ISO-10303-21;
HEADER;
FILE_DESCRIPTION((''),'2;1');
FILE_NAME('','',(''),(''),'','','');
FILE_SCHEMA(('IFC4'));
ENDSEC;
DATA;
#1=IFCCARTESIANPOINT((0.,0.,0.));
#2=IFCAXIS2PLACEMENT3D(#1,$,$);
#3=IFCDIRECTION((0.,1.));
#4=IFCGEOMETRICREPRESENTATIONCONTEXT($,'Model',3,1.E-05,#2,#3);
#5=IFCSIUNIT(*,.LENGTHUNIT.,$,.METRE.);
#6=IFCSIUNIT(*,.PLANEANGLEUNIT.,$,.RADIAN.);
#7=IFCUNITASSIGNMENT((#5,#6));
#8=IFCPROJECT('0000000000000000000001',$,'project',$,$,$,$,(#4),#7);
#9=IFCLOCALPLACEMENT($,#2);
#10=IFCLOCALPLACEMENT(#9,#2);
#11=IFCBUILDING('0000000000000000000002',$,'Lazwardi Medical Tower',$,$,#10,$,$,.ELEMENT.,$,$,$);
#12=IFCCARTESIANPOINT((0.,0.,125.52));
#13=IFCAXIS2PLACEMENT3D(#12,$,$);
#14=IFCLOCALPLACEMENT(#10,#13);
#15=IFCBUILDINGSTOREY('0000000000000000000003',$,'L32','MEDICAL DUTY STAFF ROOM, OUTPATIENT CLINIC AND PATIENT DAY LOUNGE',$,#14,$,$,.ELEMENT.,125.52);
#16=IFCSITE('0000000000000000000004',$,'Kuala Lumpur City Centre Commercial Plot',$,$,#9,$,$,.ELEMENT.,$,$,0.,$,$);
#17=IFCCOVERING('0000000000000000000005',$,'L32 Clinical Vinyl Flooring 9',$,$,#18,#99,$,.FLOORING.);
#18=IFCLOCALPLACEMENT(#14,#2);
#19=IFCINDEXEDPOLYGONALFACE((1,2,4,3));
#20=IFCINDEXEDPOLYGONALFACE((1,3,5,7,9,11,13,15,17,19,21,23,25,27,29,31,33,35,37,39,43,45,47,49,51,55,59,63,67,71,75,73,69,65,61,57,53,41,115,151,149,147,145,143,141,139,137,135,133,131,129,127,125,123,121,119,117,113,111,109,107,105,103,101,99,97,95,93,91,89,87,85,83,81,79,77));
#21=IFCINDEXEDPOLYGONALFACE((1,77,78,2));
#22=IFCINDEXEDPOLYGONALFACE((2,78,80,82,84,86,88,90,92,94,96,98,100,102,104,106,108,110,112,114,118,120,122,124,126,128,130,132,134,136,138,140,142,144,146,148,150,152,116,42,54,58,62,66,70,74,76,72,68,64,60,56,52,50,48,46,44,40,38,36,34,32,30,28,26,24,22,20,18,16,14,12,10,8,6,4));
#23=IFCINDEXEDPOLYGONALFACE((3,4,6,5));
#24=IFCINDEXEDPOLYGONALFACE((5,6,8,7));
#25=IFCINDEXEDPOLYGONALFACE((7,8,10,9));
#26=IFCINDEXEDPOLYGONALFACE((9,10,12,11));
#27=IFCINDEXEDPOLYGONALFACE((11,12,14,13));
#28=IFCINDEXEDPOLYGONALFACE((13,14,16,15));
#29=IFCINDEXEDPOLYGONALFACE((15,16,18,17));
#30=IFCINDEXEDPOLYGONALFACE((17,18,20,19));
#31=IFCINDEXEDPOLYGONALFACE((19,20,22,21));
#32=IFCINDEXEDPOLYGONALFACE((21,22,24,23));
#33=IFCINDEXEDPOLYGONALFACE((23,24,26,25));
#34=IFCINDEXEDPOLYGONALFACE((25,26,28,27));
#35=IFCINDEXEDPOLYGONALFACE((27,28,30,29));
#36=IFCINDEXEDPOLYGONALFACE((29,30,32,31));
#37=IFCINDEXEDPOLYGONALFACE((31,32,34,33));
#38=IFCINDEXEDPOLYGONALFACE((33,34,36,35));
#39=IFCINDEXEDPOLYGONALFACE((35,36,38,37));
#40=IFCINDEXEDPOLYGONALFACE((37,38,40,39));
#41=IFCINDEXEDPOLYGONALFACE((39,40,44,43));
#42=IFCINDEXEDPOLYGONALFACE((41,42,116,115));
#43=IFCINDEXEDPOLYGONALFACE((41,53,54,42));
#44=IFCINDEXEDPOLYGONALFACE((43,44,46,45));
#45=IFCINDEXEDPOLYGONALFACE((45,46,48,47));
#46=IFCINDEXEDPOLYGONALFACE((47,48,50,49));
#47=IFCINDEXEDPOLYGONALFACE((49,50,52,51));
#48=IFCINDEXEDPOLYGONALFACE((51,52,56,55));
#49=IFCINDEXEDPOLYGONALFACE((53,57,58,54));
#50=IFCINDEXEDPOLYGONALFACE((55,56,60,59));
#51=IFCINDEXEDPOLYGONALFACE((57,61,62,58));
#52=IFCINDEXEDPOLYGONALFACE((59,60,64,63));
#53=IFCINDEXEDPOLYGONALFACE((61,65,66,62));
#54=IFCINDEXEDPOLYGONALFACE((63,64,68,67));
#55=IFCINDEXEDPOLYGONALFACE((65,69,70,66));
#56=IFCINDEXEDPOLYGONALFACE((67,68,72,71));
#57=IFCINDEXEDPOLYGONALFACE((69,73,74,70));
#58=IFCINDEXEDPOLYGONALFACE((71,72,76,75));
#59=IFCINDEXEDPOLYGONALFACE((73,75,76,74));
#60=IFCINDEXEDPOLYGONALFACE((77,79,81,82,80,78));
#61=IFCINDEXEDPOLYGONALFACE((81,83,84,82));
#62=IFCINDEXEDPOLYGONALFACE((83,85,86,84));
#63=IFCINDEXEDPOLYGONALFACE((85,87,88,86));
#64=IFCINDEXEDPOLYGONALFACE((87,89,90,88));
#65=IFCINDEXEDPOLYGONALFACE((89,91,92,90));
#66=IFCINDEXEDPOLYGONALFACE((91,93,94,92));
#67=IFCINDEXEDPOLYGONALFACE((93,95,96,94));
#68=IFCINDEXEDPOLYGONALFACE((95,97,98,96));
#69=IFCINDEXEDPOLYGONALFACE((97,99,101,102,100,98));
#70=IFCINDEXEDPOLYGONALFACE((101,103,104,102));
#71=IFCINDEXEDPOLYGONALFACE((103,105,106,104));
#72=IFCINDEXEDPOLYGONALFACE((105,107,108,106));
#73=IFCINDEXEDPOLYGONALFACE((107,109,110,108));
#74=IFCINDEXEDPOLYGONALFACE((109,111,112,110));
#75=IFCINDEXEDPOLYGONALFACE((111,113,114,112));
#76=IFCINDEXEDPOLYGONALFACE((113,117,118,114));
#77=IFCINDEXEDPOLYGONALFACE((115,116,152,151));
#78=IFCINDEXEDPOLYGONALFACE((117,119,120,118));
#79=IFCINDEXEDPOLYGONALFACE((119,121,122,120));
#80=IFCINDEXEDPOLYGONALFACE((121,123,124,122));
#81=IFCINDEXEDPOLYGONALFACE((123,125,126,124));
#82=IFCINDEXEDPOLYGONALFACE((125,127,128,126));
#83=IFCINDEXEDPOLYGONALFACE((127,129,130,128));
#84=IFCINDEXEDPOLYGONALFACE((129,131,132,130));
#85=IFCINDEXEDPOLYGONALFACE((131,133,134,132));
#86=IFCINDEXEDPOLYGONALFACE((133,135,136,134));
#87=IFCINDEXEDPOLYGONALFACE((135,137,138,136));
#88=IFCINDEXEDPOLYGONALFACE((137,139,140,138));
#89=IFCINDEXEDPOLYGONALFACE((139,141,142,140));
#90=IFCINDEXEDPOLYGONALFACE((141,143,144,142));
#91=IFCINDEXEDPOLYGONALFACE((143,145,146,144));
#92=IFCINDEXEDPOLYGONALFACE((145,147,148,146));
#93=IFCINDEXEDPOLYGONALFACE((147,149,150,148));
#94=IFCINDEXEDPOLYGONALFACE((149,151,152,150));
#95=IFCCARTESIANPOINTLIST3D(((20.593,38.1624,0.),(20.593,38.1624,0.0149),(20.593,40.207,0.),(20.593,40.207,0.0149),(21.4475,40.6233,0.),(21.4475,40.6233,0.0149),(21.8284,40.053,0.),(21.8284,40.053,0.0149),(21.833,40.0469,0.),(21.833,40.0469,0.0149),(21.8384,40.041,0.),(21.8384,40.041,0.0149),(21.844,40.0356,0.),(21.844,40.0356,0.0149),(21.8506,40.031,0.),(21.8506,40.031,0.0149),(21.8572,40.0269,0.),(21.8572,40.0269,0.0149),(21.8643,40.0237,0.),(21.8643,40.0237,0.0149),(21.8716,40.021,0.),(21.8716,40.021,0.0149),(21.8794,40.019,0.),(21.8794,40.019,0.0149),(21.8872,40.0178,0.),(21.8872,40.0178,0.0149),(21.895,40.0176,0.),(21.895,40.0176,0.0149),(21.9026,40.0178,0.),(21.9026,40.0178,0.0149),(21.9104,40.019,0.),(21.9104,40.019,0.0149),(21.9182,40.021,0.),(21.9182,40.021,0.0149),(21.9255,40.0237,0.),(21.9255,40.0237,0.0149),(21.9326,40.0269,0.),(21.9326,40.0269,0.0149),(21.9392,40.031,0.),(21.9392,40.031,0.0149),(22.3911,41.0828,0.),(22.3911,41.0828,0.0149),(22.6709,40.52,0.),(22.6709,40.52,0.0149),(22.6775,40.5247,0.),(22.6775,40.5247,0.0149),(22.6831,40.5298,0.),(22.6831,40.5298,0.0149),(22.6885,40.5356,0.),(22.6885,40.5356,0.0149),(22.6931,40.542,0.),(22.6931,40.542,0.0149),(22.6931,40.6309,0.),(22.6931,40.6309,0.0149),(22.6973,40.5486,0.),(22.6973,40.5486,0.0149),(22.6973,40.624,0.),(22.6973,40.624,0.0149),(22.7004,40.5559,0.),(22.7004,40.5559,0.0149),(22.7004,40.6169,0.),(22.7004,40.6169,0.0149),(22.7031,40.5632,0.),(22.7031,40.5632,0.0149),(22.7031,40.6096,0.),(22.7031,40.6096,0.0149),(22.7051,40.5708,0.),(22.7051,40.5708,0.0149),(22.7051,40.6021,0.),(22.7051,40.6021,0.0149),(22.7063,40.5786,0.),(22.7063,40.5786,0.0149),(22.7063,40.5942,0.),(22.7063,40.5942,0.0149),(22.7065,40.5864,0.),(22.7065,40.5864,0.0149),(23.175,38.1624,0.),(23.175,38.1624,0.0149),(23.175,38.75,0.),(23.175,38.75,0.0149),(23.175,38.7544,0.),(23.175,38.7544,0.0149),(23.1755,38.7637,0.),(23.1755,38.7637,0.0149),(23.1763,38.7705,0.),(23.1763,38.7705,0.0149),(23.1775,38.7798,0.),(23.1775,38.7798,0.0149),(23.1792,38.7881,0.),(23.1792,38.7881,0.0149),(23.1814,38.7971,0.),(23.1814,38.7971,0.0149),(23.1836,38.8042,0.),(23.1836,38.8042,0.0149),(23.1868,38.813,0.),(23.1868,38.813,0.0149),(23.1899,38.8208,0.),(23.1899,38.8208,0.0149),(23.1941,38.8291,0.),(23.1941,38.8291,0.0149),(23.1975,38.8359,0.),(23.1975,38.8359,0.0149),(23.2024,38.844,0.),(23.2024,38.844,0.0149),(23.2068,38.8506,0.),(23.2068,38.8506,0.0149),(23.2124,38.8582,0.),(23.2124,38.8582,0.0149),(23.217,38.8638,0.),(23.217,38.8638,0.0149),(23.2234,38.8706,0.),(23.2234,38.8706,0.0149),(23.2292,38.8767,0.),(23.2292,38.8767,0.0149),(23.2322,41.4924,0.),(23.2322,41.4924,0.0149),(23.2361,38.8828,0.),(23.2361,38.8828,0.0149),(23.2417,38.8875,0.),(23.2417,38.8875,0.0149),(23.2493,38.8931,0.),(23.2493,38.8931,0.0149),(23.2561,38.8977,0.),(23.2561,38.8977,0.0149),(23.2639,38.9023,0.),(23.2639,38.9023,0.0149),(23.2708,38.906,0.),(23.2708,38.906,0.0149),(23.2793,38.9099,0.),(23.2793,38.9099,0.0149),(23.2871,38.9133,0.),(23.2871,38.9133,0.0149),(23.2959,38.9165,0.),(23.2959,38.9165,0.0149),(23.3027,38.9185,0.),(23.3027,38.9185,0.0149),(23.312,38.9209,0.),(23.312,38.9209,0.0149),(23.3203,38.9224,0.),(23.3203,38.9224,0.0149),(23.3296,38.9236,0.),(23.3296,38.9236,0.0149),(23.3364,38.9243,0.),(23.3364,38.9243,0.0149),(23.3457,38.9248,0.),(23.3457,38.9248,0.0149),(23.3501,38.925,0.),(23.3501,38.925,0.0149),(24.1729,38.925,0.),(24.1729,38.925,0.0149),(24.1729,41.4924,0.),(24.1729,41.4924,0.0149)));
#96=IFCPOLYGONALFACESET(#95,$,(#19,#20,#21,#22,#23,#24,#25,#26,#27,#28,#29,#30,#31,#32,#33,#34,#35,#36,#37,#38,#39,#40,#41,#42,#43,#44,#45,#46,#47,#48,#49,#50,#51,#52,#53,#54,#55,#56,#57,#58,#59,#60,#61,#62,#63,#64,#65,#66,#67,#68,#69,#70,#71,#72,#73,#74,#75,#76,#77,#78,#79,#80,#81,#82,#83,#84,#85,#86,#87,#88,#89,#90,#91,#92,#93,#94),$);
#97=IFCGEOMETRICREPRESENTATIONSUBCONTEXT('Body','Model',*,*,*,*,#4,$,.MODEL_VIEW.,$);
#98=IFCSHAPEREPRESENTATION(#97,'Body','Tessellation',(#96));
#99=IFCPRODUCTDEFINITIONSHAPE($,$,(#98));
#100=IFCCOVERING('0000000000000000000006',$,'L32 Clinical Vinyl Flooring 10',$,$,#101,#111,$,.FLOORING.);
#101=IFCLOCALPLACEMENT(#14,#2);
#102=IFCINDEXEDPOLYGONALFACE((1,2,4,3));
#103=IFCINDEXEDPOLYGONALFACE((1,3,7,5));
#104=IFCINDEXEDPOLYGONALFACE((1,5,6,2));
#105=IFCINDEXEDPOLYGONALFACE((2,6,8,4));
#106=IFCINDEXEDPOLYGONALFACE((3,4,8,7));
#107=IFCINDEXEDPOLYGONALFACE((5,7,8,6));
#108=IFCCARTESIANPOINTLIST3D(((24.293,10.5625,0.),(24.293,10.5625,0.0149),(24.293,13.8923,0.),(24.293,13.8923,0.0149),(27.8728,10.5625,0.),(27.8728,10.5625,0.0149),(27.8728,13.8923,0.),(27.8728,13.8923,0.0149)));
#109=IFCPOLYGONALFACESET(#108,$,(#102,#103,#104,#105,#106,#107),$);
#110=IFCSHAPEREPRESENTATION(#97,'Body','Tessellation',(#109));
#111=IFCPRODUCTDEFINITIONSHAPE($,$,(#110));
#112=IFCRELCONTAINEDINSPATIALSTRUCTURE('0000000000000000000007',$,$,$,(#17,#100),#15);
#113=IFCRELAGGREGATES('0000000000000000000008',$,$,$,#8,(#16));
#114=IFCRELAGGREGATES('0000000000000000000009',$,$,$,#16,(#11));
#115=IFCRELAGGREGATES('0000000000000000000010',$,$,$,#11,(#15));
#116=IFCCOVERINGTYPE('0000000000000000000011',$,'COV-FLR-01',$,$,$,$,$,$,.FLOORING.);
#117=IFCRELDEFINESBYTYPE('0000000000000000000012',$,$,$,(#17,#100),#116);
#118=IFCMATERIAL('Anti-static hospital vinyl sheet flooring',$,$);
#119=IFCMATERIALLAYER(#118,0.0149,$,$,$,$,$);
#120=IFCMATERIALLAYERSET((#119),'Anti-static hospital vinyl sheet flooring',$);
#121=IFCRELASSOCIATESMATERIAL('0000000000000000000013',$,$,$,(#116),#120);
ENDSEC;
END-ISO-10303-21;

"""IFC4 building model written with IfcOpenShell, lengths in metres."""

from ifc_helpers import new_model, si_unit, direction, frame, origin, place, context, subcontext, project, spatial, polyline, outline, extrude, material, layer, layer_set, type_object, element, save


model = new_model("IFC4")

# Units and contexts
model_context = context("Model", 3, precision=1e-05, world=origin(), true_north=direction((0.0, 1.0)))
body_context = subcontext(model_context, "Body", "Model", "MODEL_VIEW")
ifc_project = project(units=[si_unit("LENGTHUNIT", "METRE"), si_unit("PLANEANGLEUNIT", "RADIAN")], contexts=[model_context])

# Site, building, storey
site_placement = place(None, origin())
site = spatial("IfcSite", under=ifc_project, at=site_placement, Name="Kuala Lumpur City Centre Commercial Plot", CompositionType="ELEMENT", RefElevation=0.0)
building_placement = place(site_placement, origin())
building = spatial("IfcBuilding", under=site, at=building_placement, Name="Lazwardi Medical Tower", CompositionType="ELEMENT")
storey_placement = place(building_placement, frame((0.0, 0.0, 125.52)))
storey = spatial("IfcBuildingStorey", under=building, at=storey_placement, Name="L32", Description="MEDICAL DUTY STAFF ROOM, OUTPATIENT CLINIC AND PATIENT DAY LOUNGE", CompositionType="ELEMENT", Elevation=125.52)

# Coverings
ifc_material_1 = material(Name="Anti-static hospital vinyl sheet flooring")
ifc_layer_1 = layer(ifc_material_1, 0.0149)
ifc_layer_set_1 = layer_set([ifc_layer_1], Name="Anti-static hospital vinyl sheet flooring")
covering_type_1 = type_object("IfcCoveringType", Name="COV-FLR-01", PredefinedType="FLOORING", material=ifc_layer_set_1)
covering_1_placement = place(storey_placement, origin())
element("IfcCovering", 1, at=covering_1_placement, inside=storey, type_object=covering_type_1, Name="L32 Clinical Vinyl Flooring 9", PredefinedType="FLOORING", context=body_context, shape_type="SweptSolid", body=[
    extrude(outline(polyline([(23.2322, 41.4924), (22.3911, 41.0828), (22.6931, 40.6309), (22.6973, 40.624), (22.7004, 40.6169), (22.7031, 40.6096), (22.7051, 40.6021), (22.7063, 40.5942), (22.7065, 40.5864), (22.7063, 40.5786), (22.7051, 40.5708), (22.7031, 40.5632), (22.7004, 40.5559), (22.6973, 40.5486), (22.6931, 40.542), (22.6885, 40.5356), (22.6831, 40.5298), (22.6775, 40.5247), (22.6709, 40.52), (21.9392, 40.031), (21.9326, 40.0269), (21.9255, 40.0237), (21.9182, 40.021), (21.9104, 40.019), (21.9026, 40.0178), (21.895, 40.0176), (21.8872, 40.0178), (21.8794, 40.019), (21.8716, 40.021), (21.8643, 40.0237), (21.8572, 40.0269), (21.8506, 40.031), (21.844, 40.0356), (21.8384, 40.041), (21.833, 40.0469), (21.8284, 40.053), (21.4475, 40.6233), (20.593, 40.207), (20.593, 38.1624), (23.175, 38.1624), (23.175, 38.75), (23.175, 38.7544), (23.1755, 38.7637), (23.1763, 38.7705), (23.1775, 38.7798), (23.1792, 38.7881), (23.1814, 38.7971), (23.1836, 38.8042), (23.1868, 38.813), (23.1899, 38.8208), (23.1941, 38.8291), (23.1975, 38.8359), (23.2024, 38.844), (23.2068, 38.8506), (23.2124, 38.8582), (23.217, 38.8638), (23.2234, 38.8706), (23.2292, 38.8767), (23.2361, 38.8828), (23.2417, 38.8875), (23.2493, 38.8931), (23.2561, 38.8977), (23.2639, 38.9023), (23.2708, 38.906), (23.2793, 38.9099), (23.2871, 38.9133), (23.2959, 38.9165), (23.3027, 38.9185), (23.312, 38.9209), (23.3203, 38.9224), (23.3296, 38.9236), (23.3364, 38.9243), (23.3457, 38.9248), (23.3501, 38.925), (24.1729, 38.925), (24.1729, 41.4924), (23.2322, 41.4924)])), origin(), (0.0, 0.0, 1.0), 0.0149),
])
covering_2_placement = place(storey_placement, origin())
element("IfcCovering", 2, at=covering_2_placement, inside=storey, type_object=covering_type_1, Name="L32 Clinical Vinyl Flooring 10", PredefinedType="FLOORING", context=body_context, shape_type="SweptSolid", body=[
    extrude(outline(polyline([(27.8728, 10.5625), (27.8728, 13.8923), (24.293, 13.8923), (24.293, 10.5625), (27.8728, 10.5625)])), origin(), (0.0, 0.0, 1.0), 0.0149),
])

save(model, "model.ifc")
